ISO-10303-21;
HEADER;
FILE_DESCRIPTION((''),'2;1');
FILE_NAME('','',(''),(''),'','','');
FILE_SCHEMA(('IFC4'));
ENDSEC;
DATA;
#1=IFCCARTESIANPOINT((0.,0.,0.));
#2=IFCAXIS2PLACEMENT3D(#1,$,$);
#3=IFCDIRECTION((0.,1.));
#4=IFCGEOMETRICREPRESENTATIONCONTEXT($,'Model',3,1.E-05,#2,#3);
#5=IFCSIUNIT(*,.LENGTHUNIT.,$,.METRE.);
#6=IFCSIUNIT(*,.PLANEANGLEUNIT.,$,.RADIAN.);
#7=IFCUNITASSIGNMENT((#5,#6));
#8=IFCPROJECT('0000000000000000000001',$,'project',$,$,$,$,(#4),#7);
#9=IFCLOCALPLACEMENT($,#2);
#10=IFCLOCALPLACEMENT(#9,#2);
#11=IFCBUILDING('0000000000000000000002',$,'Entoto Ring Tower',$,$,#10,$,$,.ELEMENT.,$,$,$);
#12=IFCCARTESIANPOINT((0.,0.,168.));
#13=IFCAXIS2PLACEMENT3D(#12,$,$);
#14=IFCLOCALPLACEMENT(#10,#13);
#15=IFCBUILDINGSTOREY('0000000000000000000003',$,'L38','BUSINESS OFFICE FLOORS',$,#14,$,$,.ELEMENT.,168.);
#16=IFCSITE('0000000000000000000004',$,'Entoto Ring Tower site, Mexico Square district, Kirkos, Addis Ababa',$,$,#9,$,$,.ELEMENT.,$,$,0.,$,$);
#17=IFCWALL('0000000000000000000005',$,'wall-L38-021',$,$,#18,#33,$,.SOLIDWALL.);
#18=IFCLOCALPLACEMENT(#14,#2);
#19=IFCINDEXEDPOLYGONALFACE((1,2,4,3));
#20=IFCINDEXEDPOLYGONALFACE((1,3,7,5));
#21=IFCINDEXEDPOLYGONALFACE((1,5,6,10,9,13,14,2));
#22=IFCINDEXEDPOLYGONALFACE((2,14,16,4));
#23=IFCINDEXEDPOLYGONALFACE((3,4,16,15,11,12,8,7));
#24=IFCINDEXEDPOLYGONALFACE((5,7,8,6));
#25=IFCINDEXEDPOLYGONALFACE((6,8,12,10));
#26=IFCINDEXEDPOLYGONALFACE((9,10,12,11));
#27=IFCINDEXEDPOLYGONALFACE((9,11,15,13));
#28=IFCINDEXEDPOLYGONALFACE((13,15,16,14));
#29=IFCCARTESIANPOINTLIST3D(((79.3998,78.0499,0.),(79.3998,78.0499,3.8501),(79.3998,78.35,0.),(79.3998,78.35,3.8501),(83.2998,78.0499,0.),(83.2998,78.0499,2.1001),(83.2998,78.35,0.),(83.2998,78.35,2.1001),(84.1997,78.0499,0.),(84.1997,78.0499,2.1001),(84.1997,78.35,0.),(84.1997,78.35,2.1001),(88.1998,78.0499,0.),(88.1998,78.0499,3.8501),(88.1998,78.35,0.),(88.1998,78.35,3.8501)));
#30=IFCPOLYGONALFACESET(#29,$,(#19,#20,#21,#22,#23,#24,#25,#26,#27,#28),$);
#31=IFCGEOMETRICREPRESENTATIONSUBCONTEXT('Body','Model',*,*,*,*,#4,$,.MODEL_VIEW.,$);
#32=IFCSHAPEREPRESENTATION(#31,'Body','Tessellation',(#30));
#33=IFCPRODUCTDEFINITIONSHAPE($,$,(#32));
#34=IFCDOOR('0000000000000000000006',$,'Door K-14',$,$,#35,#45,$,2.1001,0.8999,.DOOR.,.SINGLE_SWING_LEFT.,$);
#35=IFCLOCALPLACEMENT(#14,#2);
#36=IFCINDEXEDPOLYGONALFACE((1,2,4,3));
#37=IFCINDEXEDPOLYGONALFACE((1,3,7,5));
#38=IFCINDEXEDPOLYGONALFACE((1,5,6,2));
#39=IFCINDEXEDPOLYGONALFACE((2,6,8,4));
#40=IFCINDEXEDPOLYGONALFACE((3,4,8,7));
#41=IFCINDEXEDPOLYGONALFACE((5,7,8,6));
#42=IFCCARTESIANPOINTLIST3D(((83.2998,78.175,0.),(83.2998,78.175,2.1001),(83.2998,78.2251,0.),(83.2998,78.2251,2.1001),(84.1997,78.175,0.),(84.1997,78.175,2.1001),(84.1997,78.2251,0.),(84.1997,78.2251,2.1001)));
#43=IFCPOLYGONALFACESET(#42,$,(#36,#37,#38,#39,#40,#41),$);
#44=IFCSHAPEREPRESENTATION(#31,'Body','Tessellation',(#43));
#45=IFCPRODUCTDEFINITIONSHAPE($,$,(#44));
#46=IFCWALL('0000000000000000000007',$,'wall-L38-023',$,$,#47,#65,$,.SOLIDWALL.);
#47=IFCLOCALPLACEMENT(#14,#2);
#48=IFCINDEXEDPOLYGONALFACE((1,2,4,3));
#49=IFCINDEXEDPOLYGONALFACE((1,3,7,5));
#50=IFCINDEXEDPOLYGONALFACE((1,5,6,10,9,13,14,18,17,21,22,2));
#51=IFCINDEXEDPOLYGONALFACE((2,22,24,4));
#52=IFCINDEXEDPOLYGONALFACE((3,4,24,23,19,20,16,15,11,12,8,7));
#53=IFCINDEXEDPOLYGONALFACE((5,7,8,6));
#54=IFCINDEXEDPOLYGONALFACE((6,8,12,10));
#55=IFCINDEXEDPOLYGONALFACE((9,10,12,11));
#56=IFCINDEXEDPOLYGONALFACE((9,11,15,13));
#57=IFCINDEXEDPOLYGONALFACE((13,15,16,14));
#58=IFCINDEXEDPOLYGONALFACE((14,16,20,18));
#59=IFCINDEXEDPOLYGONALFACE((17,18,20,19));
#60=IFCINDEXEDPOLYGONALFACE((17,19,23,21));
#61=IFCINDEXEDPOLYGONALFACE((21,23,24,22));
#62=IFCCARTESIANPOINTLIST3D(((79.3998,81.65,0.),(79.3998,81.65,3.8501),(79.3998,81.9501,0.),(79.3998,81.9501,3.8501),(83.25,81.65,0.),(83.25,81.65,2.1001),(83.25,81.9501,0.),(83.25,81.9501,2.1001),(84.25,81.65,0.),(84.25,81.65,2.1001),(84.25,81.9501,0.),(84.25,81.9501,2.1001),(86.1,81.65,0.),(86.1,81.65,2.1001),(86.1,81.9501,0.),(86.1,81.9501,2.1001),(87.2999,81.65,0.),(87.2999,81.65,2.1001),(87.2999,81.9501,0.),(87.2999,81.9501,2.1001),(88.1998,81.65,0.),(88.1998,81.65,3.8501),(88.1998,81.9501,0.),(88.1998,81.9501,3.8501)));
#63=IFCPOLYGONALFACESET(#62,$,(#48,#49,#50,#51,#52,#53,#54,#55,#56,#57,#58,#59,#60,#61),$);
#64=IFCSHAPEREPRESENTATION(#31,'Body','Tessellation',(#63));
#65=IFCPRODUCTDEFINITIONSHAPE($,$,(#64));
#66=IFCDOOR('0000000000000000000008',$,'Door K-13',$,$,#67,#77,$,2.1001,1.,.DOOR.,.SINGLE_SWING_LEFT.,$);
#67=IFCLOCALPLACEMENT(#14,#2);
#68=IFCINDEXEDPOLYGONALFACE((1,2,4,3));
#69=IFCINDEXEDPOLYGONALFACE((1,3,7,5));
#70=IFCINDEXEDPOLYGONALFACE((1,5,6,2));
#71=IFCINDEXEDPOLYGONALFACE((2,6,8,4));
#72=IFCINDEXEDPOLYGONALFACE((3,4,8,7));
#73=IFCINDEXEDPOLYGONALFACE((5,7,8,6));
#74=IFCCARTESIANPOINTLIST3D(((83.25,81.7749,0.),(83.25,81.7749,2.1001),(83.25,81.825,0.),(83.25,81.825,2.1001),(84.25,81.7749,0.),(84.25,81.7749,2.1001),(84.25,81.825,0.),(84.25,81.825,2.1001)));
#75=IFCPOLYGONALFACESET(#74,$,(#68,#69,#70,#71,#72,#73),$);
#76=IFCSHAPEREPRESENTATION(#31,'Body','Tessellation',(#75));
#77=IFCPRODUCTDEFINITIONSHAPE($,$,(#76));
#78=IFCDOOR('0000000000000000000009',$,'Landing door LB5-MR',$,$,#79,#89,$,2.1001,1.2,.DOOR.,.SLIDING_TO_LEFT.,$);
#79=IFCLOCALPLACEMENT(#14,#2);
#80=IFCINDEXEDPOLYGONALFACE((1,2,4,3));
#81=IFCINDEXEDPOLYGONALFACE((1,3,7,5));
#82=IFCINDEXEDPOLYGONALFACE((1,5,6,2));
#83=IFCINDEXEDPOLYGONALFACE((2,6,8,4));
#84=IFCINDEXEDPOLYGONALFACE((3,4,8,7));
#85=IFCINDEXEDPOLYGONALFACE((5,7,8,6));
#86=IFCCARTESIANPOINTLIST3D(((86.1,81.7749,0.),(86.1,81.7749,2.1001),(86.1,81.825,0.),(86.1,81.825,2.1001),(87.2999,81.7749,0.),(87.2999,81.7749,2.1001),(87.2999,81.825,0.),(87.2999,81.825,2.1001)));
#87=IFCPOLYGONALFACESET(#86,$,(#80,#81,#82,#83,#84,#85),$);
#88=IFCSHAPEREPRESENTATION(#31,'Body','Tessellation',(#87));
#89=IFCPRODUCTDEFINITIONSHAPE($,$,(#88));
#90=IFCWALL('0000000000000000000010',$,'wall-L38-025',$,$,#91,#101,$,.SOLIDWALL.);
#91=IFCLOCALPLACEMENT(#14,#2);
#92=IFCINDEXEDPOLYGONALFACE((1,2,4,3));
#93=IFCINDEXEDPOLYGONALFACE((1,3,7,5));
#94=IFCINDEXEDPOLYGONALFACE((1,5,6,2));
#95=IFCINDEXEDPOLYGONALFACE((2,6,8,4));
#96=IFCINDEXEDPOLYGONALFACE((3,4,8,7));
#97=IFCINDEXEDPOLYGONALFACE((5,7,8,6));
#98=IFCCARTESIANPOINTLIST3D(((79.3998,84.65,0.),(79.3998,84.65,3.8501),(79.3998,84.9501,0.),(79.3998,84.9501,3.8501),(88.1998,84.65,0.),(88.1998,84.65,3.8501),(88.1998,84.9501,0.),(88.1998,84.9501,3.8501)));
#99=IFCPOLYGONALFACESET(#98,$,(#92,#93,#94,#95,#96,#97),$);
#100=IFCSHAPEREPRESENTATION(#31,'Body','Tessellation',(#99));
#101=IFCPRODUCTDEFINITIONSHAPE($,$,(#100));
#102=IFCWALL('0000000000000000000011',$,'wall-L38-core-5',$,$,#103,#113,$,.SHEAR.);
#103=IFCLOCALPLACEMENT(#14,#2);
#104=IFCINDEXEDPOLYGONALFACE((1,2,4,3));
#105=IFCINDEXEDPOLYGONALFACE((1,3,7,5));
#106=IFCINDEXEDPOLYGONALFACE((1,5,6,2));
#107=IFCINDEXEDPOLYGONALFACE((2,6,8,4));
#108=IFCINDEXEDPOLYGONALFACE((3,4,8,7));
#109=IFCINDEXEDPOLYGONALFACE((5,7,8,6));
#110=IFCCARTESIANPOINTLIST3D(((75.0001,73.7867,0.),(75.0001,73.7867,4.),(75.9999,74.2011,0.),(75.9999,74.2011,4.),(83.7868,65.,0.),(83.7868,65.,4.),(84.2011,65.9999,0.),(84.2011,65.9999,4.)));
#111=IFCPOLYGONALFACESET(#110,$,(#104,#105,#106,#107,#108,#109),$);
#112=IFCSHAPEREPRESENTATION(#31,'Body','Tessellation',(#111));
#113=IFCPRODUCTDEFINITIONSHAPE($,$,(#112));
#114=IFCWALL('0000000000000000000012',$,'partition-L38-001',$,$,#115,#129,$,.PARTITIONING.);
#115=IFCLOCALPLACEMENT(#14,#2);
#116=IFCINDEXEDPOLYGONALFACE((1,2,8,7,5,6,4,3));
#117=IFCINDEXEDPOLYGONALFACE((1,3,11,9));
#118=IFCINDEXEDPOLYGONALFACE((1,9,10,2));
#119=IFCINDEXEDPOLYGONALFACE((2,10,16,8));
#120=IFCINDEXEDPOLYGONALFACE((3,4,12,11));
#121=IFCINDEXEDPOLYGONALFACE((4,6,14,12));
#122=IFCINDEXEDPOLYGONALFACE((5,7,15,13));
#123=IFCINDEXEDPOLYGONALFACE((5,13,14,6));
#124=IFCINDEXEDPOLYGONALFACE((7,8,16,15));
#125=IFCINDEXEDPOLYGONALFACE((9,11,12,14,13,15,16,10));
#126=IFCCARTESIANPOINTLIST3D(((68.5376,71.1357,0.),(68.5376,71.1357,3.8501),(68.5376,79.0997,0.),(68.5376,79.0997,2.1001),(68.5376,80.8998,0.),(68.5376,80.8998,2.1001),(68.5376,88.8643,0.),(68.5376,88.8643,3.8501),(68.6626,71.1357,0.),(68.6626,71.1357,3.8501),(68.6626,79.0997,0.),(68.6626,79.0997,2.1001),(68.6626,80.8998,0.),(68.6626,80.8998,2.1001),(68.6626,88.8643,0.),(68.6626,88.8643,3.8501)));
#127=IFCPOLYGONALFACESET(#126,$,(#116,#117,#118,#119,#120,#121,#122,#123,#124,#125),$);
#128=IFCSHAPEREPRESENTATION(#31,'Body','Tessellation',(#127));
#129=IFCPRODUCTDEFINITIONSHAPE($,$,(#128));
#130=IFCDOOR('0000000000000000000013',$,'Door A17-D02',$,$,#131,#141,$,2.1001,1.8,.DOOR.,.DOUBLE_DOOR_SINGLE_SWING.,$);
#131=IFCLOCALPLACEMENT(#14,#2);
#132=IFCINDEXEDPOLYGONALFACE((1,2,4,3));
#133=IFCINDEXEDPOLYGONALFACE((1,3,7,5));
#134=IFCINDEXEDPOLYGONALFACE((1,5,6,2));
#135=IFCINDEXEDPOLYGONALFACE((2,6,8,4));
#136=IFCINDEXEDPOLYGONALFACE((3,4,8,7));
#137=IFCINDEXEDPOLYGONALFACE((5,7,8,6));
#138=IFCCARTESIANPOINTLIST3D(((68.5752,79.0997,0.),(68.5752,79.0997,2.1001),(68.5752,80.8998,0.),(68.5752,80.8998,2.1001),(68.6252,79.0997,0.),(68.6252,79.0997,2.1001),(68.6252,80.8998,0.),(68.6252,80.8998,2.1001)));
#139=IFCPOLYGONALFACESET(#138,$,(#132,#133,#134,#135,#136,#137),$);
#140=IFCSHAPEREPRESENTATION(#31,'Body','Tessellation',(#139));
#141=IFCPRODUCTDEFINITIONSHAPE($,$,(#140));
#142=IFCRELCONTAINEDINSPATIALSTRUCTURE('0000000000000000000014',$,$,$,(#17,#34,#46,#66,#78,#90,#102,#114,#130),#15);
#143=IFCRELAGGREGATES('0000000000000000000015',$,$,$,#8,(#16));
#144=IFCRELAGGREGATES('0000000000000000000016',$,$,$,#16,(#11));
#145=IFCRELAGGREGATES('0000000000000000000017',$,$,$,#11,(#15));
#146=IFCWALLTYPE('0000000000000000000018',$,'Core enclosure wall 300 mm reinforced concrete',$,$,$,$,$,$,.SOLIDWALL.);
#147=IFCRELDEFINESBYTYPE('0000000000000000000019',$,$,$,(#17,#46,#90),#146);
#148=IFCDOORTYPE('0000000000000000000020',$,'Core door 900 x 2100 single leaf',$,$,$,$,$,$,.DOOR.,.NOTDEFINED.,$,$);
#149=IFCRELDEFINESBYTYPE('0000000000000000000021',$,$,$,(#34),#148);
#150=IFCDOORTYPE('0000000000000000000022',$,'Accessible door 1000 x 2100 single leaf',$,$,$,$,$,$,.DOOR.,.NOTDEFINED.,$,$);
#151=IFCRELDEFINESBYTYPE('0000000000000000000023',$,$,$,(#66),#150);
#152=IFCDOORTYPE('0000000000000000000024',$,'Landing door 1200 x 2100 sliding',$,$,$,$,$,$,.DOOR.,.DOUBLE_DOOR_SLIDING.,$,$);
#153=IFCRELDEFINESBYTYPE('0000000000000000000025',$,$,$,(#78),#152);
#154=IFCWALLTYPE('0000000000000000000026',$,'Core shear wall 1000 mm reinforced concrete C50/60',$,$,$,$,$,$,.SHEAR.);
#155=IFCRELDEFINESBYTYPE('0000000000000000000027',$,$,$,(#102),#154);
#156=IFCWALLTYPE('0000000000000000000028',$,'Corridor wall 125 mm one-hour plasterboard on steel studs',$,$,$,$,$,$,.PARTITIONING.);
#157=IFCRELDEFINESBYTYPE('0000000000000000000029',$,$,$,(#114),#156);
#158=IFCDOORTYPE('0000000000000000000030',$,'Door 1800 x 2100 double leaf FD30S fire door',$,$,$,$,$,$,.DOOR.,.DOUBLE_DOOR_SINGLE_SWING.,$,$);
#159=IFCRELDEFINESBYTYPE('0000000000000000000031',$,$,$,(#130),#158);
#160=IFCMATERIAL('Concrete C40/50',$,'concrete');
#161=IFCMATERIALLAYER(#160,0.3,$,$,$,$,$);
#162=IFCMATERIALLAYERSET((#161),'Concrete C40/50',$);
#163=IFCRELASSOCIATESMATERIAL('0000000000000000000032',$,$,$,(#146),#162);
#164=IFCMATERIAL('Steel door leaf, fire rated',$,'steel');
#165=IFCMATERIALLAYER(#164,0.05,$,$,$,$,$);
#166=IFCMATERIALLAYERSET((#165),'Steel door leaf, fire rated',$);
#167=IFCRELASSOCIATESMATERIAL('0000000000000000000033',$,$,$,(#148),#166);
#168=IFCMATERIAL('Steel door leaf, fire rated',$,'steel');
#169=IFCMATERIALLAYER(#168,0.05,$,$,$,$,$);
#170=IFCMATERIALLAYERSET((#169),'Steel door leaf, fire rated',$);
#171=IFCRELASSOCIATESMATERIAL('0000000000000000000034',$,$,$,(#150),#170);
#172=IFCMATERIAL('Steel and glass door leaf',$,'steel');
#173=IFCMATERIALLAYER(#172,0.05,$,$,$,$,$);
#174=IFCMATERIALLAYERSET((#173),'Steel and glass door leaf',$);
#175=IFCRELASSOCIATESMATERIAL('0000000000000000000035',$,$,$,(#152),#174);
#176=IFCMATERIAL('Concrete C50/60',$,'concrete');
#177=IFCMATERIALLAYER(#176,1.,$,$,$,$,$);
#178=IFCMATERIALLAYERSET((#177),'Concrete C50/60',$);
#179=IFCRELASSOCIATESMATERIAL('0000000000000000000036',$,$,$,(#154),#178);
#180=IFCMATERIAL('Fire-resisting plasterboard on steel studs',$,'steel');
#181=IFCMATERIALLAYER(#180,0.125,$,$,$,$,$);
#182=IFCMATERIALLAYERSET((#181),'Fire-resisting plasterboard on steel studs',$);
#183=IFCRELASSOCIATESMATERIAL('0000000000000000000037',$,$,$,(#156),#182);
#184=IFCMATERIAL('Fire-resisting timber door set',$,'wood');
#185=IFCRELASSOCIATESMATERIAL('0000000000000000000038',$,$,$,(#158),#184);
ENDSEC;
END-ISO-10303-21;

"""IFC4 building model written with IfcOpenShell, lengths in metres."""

from ifc_helpers import new_model, si_unit, direction, frame, frame_2d, origin, place, context, subcontext, project, spatial, polyline, rectangle, outline, extrude, material, layer, layer_set, type_object, element, fill, save


model = new_model("IFC4")

# Units and contexts
model_context = context("Model", 3, precision=1e-05, world=origin(), true_north=direction((0.0, 1.0)))
body_context = subcontext(model_context, "Body", "Model", "MODEL_VIEW")
ifc_project = project(units=[si_unit("LENGTHUNIT", "METRE"), si_unit("PLANEANGLEUNIT", "RADIAN")], contexts=[model_context])

# Site, building, storey
site_placement = place(None, origin())
site = spatial("IfcSite", under=ifc_project, at=site_placement, Name="Entoto Ring Tower site, Mexico Square district, Kirkos, Addis Ababa", CompositionType="ELEMENT", RefElevation=0.0)
building_placement = place(site_placement, origin())
building = spatial("IfcBuilding", under=site, at=building_placement, Name="Entoto Ring Tower", CompositionType="ELEMENT")
storey_placement = place(building_placement, frame((0.0, 0.0, 168.0)))
storey = spatial("IfcBuildingStorey", under=building, at=storey_placement, Name="L38", Description="BUSINESS OFFICE FLOORS", CompositionType="ELEMENT", Elevation=168.0)

# Shared definitions
ifc_material_1 = material(Name="Concrete C40/50", Category="concrete")
ifc_layer_1 = layer(ifc_material_1, 0.3)
ifc_layer_set_1 = layer_set([ifc_layer_1], Name="Concrete C40/50")
wall_type_1 = type_object("IfcWallType", Name="Core enclosure wall 300 mm reinforced concrete", PredefinedType="SOLIDWALL", material=ifc_layer_set_1)

# Wall, opening, door
wall_1_placement = place(storey_placement, frame((79.3999, 78.2, 0.0), z_axis=(0.0, 0.0, 1.0), x_axis=(1.0, 0.0, 0.0)))
wall_1 = element("IfcWall", 1, at=wall_1_placement, inside=storey, type_object=wall_type_1, Name="wall-L38-021", PredefinedType="SOLIDWALL", context=body_context, shape_type="SweptSolid", body=[
    extrude(rectangle(XDim=8.8, YDim=0.3, at=frame_2d((4.3999, 0.0))), origin(), (0.0, 0.0, 1.0), 3.8501),
])
opening_1_placement = place(wall_1_placement, frame((3.8999, 0.0, 0.0)))
opening_1 = element("IfcOpeningElement", 2, at=opening_1_placement, cuts=wall_1, PredefinedType="OPENING", context=body_context, shape_type="SweptSolid", body=[
    extrude(rectangle(XDim=0.8999, YDim=2.1001, at=frame_2d((0.45, 1.05))), frame((0.0, 0.1602, 0.0), z_axis=(0.0, -1.0, 0.0), x_axis=(1.0, 0.0, 0.0)), (0.0, 0.0, 1.0), 0.3201),
])
ifc_material_2 = material(Name="Steel door leaf, fire rated", Category="steel")
ifc_layer_2 = layer(ifc_material_2, 0.05)
ifc_layer_set_2 = layer_set([ifc_layer_2], Name="Steel door leaf, fire rated")
door_type_1 = type_object("IfcDoorType", Name="Core door 900 x 2100 single leaf", OperationType="NOTDEFINED", PredefinedType="DOOR", material=ifc_layer_set_2)
door_1_placement = place(opening_1_placement, frame((0.8999, 0.0, 0.0), z_axis=(0.0, 0.0, 1.0), x_axis=(-1.0, 0.0, 0.0)))
door_1 = element("IfcDoor", 3, at=door_1_placement, inside=storey, type_object=door_type_1, Name="Door K-14", OperationType="SINGLE_SWING_LEFT", OverallHeight=2.1001, OverallWidth=0.8999, PredefinedType="DOOR", context=body_context, shape_type="SweptSolid", body=[
    extrude(rectangle(XDim=0.8999, YDim=2.1001, at=frame_2d((0.45, 1.05))), frame((0.0, 0.0249, 0.0), z_axis=(0.0, -1.0, 0.0), x_axis=(1.0, 0.0, 0.0)), (0.0, 0.0, 1.0), 0.05),
])
fill(opening_1, door_1)

# Wall, openings, doors
wall_2_placement = place(storey_placement, frame((79.3999, 81.8, 0.0), z_axis=(0.0, 0.0, 1.0), x_axis=(1.0, 0.0, 0.0)))
wall_2 = element("IfcWall", 4, at=wall_2_placement, inside=storey, type_object=wall_type_1, Name="wall-L38-023", PredefinedType="SOLIDWALL", context=body_context, shape_type="SweptSolid", body=[
    extrude(rectangle(XDim=8.8, YDim=0.3, at=frame_2d((4.3999, 0.0))), origin(), (0.0, 0.0, 1.0), 3.8501),
])
opening_2_placement = place(wall_2_placement, frame((6.7, 0.0, 0.0)))
opening_2 = element("IfcOpeningElement", 5, at=opening_2_placement, cuts=wall_2, PredefinedType="OPENING", context=body_context, shape_type="SweptSolid", body=[
    extrude(rectangle(XDim=1.2, YDim=2.1001, at=frame_2d((0.6001, 1.05))), frame((0.0, 0.1602, 0.0), z_axis=(0.0, -1.0, 0.0), x_axis=(1.0, 0.0, 0.0)), (0.0, 0.0, 1.0), 0.3201),
])
opening_3_placement = place(wall_2_placement, frame((3.8501, 0.0, 0.0)))
opening_3 = element("IfcOpeningElement", 6, at=opening_3_placement, cuts=wall_2, PredefinedType="OPENING", context=body_context, shape_type="SweptSolid", body=[
    extrude(rectangle(XDim=1.0, YDim=2.1001, at=frame_2d((0.5, 1.05))), frame((0.0, 0.1602, 0.0), z_axis=(0.0, -1.0, 0.0), x_axis=(1.0, 0.0, 0.0)), (0.0, 0.0, 1.0), 0.3201),
])
ifc_material_3 = material(Name="Steel door leaf, fire rated", Category="steel")
ifc_layer_3 = layer(ifc_material_3, 0.05)
ifc_layer_set_3 = layer_set([ifc_layer_3], Name="Steel door leaf, fire rated")
door_type_2 = type_object("IfcDoorType", Name="Accessible door 1000 x 2100 single leaf", OperationType="NOTDEFINED", PredefinedType="DOOR", material=ifc_layer_set_3)
door_2_placement = place(opening_3_placement, origin())
door_2 = element("IfcDoor", 7, at=door_2_placement, inside=storey, type_object=door_type_2, Name="Door K-13", OperationType="SINGLE_SWING_LEFT", OverallHeight=2.1001, OverallWidth=1.0, PredefinedType="DOOR", context=body_context, shape_type="SweptSolid", body=[
    extrude(rectangle(XDim=1.0, YDim=2.1001, at=frame_2d((0.5, 1.05))), frame((0.0, 0.0249, 0.0), z_axis=(0.0, -1.0, 0.0), x_axis=(1.0, 0.0, 0.0)), (0.0, 0.0, 1.0), 0.05),
])
fill(opening_3, door_2)
ifc_material_4 = material(Name="Steel and glass door leaf", Category="steel")
ifc_layer_4 = layer(ifc_material_4, 0.05)
ifc_layer_set_4 = layer_set([ifc_layer_4], Name="Steel and glass door leaf")
door_type_3 = type_object("IfcDoorType", Name="Landing door 1200 x 2100 sliding", OperationType="DOUBLE_DOOR_SLIDING", PredefinedType="DOOR", material=ifc_layer_set_4)
door_3_placement = place(opening_2_placement, origin())
door_3 = element("IfcDoor", 8, at=door_3_placement, inside=storey, type_object=door_type_3, Name="Landing door LB5-MR", OperationType="SLIDING_TO_LEFT", OverallHeight=2.1001, OverallWidth=1.2, PredefinedType="DOOR", context=body_context, shape_type="SweptSolid", body=[
    extrude(rectangle(XDim=1.2, YDim=2.1001, at=frame_2d((0.6001, 1.05))), frame((0.0, 0.0249, 0.0), z_axis=(0.0, -1.0, 0.0), x_axis=(1.0, 0.0, 0.0)), (0.0, 0.0, 1.0), 0.05),
])
fill(opening_2, door_3)

# Walls
wall_3_placement = place(storey_placement, frame((79.3999, 84.8, 0.0), z_axis=(0.0, 0.0, 1.0), x_axis=(1.0, 0.0, 0.0)))
element("IfcWall", 9, at=wall_3_placement, inside=storey, type_object=wall_type_1, Name="wall-L38-025", PredefinedType="SOLIDWALL", context=body_context, shape_type="SweptSolid", body=[
    extrude(rectangle(XDim=8.8, YDim=0.3, at=frame_2d((4.3999, 0.0))), origin(), (0.0, 0.0, 1.0), 3.8501),
])
ifc_material_5 = material(Name="Concrete C50/60", Category="concrete")
ifc_layer_5 = layer(ifc_material_5, 1.0)
ifc_layer_set_5 = layer_set([ifc_layer_5], Name="Concrete C50/60")
wall_type_2 = type_object("IfcWallType", Name="Core shear wall 1000 mm reinforced concrete C50/60", PredefinedType="SHEAR", material=ifc_layer_set_5)
wall_4_placement = place(storey_placement, frame((75.5, 73.9939, 0.0), z_axis=(0.0, 0.0, 1.0), x_axis=(0.707107, -0.707107, 0.0)))
element("IfcWall", 10, at=wall_4_placement, inside=storey, type_object=wall_type_2, Name="wall-L38-core-5", PredefinedType="SHEAR", context=body_context, shape_type="SweptSolid", body=[
    extrude(outline(polyline([(-0.207, -0.5), (12.2192, -0.5), (11.8052, 0.5), (0.207, 0.5), (-0.207, -0.5)])), origin(), (0.0, 0.0, 1.0), 4.0),
])

# Wall, opening, door
ifc_material_6 = material(Name="Fire-resisting plasterboard on steel studs", Category="steel")
ifc_layer_6 = layer(ifc_material_6, 0.125)
ifc_layer_set_6 = layer_set([ifc_layer_6], Name="Fire-resisting plasterboard on steel studs")
wall_type_3 = type_object("IfcWallType", Name="Corridor wall 125 mm one-hour plasterboard on steel studs", PredefinedType="PARTITIONING", material=ifc_layer_set_6)
wall_5_placement = place(storey_placement, frame((68.6001, 71.1357, 0.0), z_axis=(0.0, 0.0, 1.0), x_axis=(0.0, 1.0, 0.0)))
wall_5 = element("IfcWall", 11, at=wall_5_placement, inside=storey, type_object=wall_type_3, Name="partition-L38-001", PredefinedType="PARTITIONING", context=body_context, shape_type="SweptSolid", body=[
    extrude(rectangle(XDim=17.7285, YDim=0.125, at=frame_2d((8.8643, 0.0))), origin(), (0.0, 0.0, 1.0), 3.8501),
])
opening_4_placement = place(wall_5_placement, frame((7.9641, 0.0, 0.0)))
opening_4 = element("IfcOpeningElement", 12, at=opening_4_placement, cuts=wall_5, PredefinedType="OPENING", context=body_context, shape_type="SweptSolid", body=[
    extrude(rectangle(XDim=1.8, YDim=2.1001, at=frame_2d((0.8999, 1.05))), frame((0.0, 0.0725, 0.0), z_axis=(0.0, -1.0, 0.0), x_axis=(1.0, 0.0, 0.0)), (0.0, 0.0, 1.0), 0.145),
])
ifc_material_7 = material(Name="Fire-resisting timber door set", Category="wood")
door_type_4 = type_object("IfcDoorType", Name="Door 1800 x 2100 double leaf FD30S fire door", OperationType="DOUBLE_DOOR_SINGLE_SWING", PredefinedType="DOOR", material=ifc_material_7)
door_4_placement = place(opening_4_placement, origin())
door_4 = element("IfcDoor", 13, at=door_4_placement, inside=storey, type_object=door_type_4, Name="Door A17-D02", OperationType="DOUBLE_DOOR_SINGLE_SWING", OverallHeight=2.1001, OverallWidth=1.8, PredefinedType="DOOR", context=body_context, shape_type="SweptSolid", body=[
    extrude(rectangle(XDim=1.8, YDim=2.1001, at=frame_2d((0.8999, 1.05))), frame((0.0, 0.0249, 0.0), z_axis=(0.0, -1.0, 0.0), x_axis=(1.0, 0.0, 0.0)), (0.0, 0.0, 1.0), 0.05),
])
fill(opening_4, door_4)

save(model, "model.ifc")
